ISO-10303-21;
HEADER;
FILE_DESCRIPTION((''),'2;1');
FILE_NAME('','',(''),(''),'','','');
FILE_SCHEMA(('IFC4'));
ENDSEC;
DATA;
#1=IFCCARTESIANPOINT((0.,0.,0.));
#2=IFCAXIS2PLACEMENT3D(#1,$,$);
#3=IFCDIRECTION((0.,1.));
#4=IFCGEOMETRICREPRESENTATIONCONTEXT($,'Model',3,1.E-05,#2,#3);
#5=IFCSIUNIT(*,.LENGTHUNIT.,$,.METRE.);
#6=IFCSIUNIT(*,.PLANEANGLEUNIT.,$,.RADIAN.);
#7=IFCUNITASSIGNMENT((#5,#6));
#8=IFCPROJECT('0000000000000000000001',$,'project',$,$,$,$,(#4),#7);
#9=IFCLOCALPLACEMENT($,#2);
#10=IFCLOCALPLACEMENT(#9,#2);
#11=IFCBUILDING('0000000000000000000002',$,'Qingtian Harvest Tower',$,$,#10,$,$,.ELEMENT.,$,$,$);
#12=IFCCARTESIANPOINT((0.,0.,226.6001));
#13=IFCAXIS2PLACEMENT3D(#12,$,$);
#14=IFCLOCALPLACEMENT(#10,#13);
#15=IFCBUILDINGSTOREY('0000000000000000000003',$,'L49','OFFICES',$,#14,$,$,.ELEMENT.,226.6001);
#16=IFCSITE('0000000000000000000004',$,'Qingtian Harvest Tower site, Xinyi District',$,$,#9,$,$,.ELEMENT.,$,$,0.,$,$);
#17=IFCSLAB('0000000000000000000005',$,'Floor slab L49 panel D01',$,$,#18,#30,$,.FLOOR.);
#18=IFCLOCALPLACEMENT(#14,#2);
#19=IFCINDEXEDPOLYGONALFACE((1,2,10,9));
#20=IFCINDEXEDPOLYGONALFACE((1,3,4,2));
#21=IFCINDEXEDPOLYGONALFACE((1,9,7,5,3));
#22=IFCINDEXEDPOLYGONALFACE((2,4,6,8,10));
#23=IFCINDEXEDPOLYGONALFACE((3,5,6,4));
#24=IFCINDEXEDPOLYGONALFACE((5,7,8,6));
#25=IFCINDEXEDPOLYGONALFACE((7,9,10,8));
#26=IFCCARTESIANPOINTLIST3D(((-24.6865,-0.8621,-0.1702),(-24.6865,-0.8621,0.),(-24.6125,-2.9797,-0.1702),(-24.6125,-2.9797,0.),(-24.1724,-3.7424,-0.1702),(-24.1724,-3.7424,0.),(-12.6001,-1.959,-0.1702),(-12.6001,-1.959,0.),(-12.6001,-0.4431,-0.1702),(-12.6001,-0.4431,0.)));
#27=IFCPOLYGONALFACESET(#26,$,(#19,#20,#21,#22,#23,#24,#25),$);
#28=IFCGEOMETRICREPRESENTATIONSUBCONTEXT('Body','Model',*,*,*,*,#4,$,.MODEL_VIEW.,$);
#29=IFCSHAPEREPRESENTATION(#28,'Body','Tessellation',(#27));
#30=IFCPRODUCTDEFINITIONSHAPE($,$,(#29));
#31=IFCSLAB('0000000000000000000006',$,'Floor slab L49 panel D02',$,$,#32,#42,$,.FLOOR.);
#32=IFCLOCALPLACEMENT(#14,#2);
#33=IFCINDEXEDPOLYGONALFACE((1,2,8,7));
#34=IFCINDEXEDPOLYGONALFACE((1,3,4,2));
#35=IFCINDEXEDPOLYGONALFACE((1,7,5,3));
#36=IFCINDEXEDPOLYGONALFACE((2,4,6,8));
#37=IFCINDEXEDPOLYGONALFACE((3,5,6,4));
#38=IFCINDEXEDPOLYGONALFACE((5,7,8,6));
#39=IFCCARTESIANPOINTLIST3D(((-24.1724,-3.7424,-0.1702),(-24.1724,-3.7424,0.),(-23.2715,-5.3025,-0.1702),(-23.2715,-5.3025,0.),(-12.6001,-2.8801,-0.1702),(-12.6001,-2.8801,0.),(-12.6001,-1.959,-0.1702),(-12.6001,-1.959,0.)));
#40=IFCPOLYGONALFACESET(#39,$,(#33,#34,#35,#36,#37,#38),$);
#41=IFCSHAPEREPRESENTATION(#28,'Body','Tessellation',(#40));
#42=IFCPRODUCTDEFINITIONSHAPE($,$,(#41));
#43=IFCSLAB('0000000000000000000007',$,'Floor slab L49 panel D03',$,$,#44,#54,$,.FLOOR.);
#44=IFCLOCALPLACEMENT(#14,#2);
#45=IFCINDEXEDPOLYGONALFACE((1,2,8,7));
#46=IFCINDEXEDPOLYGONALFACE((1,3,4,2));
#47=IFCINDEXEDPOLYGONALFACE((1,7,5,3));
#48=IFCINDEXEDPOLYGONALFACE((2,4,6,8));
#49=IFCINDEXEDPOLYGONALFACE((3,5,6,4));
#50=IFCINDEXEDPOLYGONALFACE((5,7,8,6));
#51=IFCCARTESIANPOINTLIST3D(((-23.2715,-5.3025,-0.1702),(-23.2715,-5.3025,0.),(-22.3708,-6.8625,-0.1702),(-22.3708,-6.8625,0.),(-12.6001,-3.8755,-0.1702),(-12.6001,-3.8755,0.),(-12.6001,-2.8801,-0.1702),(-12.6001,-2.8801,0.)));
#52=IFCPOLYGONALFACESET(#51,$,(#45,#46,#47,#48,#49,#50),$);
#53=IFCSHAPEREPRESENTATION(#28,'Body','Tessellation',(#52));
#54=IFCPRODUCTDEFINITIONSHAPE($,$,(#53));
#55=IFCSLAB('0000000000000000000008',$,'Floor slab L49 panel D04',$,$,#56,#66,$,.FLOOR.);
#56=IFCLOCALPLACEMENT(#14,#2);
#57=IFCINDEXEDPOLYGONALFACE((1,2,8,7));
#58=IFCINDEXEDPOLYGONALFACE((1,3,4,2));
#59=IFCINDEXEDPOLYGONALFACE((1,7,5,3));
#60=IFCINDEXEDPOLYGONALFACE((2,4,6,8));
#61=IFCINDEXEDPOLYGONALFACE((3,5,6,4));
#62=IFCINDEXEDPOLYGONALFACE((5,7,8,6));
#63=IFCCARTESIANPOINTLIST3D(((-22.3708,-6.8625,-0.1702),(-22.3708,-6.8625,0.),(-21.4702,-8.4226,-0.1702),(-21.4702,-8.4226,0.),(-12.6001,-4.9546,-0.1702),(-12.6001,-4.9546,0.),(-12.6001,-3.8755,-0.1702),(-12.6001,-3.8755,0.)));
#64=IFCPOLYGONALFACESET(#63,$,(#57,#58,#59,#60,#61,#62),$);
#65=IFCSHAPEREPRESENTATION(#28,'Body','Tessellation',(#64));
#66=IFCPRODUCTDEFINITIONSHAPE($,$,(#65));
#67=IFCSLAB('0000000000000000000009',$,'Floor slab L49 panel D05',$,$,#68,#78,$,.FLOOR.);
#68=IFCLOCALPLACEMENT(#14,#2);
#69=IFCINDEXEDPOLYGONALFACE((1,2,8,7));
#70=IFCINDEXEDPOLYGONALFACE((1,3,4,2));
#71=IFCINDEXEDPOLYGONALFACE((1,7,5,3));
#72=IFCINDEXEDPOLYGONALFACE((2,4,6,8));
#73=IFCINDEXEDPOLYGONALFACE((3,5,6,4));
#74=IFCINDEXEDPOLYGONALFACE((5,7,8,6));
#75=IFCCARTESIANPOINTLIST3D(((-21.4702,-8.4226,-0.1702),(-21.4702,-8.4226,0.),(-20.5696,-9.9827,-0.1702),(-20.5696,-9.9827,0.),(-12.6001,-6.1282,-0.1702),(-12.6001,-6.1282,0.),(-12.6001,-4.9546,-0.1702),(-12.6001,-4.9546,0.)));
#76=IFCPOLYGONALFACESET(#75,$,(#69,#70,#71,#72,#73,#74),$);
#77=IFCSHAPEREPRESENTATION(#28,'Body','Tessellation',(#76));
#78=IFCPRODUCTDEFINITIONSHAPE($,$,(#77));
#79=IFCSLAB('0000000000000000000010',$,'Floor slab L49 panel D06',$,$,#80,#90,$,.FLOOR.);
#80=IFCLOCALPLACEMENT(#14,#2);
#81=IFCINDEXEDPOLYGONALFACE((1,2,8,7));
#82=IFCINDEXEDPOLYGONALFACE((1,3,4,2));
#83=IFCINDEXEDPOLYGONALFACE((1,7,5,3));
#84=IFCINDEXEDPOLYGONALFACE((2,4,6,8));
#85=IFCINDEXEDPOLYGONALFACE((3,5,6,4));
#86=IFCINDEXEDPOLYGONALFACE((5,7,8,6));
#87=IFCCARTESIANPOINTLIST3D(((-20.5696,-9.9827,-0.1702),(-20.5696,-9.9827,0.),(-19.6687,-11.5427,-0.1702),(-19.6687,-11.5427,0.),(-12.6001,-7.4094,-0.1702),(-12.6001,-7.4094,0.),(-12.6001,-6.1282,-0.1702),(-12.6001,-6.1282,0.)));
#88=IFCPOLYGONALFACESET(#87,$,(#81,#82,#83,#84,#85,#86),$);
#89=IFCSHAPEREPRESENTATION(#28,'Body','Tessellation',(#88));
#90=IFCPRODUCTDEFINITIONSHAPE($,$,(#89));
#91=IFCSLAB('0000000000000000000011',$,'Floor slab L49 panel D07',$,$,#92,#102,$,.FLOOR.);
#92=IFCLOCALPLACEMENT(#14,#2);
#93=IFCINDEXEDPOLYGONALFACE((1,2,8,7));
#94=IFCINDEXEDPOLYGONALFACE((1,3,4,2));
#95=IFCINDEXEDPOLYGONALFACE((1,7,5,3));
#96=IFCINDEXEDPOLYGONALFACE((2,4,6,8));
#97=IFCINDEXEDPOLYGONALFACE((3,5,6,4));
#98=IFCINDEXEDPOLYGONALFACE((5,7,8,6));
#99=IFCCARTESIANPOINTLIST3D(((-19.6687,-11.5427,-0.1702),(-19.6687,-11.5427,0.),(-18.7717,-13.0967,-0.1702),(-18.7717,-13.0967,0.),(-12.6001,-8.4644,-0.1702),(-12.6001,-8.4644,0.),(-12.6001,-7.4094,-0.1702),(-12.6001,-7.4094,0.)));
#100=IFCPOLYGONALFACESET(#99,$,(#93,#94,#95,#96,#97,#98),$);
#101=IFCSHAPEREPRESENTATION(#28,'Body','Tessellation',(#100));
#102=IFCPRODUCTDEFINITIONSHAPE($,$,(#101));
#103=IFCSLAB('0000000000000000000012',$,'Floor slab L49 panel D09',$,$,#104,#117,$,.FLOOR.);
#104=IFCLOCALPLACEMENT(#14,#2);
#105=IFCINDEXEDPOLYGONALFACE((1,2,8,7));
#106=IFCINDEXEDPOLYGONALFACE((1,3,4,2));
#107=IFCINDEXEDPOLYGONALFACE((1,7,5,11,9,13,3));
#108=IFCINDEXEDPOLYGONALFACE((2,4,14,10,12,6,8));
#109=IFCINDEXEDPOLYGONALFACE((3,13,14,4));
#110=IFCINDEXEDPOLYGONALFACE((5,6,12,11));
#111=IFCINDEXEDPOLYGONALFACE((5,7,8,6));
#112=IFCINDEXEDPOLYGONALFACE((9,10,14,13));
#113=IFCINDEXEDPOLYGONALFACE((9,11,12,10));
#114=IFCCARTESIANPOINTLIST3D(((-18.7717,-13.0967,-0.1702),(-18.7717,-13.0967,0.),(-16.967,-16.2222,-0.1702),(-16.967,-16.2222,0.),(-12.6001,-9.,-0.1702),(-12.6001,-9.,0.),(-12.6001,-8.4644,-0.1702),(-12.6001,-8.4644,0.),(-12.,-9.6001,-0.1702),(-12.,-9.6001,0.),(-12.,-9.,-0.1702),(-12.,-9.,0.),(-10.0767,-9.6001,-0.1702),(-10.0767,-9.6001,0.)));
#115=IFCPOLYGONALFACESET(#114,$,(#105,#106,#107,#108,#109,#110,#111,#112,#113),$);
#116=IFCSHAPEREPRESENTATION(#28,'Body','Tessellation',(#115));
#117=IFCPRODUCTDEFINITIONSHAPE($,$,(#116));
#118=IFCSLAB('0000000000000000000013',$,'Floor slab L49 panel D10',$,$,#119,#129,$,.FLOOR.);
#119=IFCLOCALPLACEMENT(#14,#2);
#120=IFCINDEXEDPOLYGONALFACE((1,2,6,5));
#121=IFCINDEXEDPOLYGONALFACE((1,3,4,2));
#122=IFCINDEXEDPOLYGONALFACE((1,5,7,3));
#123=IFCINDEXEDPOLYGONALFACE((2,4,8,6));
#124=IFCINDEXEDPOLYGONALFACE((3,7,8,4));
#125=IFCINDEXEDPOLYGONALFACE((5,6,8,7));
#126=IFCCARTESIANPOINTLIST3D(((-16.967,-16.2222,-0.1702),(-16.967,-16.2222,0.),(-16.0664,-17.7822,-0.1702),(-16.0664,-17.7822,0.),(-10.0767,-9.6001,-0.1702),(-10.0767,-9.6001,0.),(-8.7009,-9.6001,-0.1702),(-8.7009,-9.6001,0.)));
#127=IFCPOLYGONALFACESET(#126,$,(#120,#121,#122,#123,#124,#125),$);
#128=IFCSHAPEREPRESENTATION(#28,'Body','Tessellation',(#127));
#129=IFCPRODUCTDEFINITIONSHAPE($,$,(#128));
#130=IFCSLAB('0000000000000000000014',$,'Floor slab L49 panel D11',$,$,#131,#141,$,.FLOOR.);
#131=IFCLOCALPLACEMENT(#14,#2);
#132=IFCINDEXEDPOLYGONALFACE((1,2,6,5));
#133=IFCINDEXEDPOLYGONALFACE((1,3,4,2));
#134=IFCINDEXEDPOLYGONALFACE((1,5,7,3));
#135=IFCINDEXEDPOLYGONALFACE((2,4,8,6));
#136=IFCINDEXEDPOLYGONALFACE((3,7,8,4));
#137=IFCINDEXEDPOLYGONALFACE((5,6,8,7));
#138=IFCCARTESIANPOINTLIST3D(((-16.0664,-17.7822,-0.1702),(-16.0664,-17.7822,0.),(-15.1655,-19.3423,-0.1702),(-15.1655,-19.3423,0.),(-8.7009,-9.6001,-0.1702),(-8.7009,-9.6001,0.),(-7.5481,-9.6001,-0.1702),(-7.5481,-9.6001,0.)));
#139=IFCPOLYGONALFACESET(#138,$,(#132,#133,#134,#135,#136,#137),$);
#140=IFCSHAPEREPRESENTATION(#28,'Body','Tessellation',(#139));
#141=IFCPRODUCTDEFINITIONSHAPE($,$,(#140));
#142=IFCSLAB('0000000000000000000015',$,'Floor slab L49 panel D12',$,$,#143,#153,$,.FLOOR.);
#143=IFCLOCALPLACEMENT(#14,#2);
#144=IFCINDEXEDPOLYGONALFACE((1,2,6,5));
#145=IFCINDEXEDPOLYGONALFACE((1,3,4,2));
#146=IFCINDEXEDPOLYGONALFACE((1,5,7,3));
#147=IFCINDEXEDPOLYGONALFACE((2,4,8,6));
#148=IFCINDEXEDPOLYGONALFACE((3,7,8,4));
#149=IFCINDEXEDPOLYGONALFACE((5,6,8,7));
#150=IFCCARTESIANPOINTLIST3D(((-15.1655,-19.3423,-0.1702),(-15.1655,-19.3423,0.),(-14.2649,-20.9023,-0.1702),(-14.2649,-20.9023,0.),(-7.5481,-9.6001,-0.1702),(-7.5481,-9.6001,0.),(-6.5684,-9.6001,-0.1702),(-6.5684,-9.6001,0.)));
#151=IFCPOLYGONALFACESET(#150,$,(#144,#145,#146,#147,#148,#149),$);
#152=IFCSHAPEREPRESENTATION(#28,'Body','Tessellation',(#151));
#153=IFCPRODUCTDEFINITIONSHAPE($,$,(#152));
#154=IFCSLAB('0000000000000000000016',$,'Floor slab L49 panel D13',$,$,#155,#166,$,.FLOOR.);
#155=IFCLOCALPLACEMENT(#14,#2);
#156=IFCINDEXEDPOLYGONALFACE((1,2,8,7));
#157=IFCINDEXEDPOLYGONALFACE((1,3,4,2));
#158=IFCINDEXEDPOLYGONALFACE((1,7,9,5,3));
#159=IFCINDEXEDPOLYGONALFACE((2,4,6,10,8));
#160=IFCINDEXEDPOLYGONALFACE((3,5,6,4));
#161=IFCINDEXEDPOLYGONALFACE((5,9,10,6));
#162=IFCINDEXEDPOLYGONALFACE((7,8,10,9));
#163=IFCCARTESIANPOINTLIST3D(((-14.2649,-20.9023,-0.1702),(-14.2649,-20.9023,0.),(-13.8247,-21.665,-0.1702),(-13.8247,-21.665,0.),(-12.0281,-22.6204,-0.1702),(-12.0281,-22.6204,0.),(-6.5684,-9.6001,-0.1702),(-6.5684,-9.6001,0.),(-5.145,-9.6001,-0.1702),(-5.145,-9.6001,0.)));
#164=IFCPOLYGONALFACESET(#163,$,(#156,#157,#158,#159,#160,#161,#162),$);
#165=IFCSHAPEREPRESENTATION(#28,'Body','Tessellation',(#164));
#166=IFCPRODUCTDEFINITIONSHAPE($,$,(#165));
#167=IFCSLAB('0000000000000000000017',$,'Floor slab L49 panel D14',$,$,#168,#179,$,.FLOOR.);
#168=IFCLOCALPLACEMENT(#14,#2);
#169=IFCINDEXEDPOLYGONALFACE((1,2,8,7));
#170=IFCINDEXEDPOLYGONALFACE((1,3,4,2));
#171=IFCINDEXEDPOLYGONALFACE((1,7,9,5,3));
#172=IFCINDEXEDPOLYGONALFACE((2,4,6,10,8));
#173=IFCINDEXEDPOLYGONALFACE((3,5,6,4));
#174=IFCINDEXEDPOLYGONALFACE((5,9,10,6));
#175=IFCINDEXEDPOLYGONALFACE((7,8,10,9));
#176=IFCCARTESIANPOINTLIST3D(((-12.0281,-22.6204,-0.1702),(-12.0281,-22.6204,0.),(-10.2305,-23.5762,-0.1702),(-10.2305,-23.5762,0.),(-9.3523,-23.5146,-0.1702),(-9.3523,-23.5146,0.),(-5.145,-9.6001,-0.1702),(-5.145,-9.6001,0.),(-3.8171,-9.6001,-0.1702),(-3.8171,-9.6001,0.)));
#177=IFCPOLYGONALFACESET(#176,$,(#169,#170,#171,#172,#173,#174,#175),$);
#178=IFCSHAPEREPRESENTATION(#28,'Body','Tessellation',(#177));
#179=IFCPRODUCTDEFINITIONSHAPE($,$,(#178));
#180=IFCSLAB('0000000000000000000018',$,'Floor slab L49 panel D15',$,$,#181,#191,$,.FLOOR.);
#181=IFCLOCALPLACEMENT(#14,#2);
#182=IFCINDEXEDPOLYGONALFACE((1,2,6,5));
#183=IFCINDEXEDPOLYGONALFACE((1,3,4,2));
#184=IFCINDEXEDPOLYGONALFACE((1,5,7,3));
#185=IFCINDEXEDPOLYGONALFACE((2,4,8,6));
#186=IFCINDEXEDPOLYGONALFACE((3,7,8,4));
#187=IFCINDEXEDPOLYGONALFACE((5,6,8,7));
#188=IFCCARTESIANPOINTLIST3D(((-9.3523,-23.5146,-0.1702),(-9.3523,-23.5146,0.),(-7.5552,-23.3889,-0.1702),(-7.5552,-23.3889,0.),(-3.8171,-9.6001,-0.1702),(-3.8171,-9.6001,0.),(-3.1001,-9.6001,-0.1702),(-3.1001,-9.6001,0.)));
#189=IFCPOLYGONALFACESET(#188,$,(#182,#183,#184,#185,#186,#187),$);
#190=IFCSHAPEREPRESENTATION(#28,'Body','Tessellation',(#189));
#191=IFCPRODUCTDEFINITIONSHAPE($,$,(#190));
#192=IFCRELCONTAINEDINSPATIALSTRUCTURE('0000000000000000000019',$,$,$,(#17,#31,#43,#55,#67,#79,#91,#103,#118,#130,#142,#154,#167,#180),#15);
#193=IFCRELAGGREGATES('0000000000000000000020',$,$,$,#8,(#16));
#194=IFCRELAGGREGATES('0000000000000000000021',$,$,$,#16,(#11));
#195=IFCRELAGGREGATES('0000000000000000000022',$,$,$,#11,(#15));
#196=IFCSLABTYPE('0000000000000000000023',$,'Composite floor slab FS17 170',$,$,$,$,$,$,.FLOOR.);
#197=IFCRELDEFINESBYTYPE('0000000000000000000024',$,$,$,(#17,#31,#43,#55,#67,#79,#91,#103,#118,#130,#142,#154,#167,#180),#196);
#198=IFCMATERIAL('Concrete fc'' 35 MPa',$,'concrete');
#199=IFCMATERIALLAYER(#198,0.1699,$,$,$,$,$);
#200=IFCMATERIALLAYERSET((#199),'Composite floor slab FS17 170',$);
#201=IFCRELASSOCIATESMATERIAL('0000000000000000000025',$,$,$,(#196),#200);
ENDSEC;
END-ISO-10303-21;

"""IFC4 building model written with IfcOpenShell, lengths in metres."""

from ifc_helpers import new_model, si_unit, direction, frame, origin, place, context, subcontext, project, spatial, polyline, outline, extrude, material, layer, layer_set, type_object, element, save


model = new_model("IFC4")

# Units and contexts
model_context = context("Model", 3, precision=1e-05, world=origin(), true_north=direction((0.0, 1.0)))
body_context = subcontext(model_context, "Body", "Model", "MODEL_VIEW")
ifc_project = project(units=[si_unit("LENGTHUNIT", "METRE"), si_unit("PLANEANGLEUNIT", "RADIAN")], contexts=[model_context])

# Site, building, storey
site_placement = place(None, origin())
site = spatial("IfcSite", under=ifc_project, at=site_placement, Name="Qingtian Harvest Tower site, Xinyi District", CompositionType="ELEMENT", RefElevation=0.0)
building_placement = place(site_placement, origin())
building = spatial("IfcBuilding", under=site, at=building_placement, Name="Qingtian Harvest Tower", CompositionType="ELEMENT")
storey_placement = place(building_placement, frame((0.0, 0.0, 226.6001)))
storey = spatial("IfcBuildingStorey", under=building, at=storey_placement, Name="L49", Description="OFFICES", CompositionType="ELEMENT", Elevation=226.6001)

# Slabs
ifc_material = material(Name="Concrete fc' 35 MPa", Category="concrete")
ifc_layer = layer(ifc_material, 0.1699)
ifc_layer_set = layer_set([ifc_layer], Name="Composite floor slab FS17 170")
slab_type = type_object("IfcSlabType", Name="Composite floor slab FS17 170", PredefinedType="FLOOR", material=ifc_layer_set)
slab_1_placement = place(storey_placement, frame((0.0, 0.0, -0.1702)))
element("IfcSlab", 1, at=slab_1_placement, inside=storey, type_object=slab_type, Name="Floor slab L49 panel D01", PredefinedType="FLOOR", context=body_context, shape_type="SweptSolid", body=[
    extrude(outline(polyline([(-24.6865, -0.8621), (-12.6001, -0.4431), (-12.6001, -1.959), (-24.1724, -3.7424), (-24.6125, -2.9797), (-24.6865, -0.8621)])), origin(), (0.0, 0.0, 1.0), 0.1702),
])
slab_2_placement = place(storey_placement, frame((0.0, 0.0, -0.1702)))
element("IfcSlab", 2, at=slab_2_placement, inside=storey, type_object=slab_type, Name="Floor slab L49 panel D02", PredefinedType="FLOOR", context=body_context, shape_type="SweptSolid", body=[
    extrude(outline(polyline([(-12.6001, -2.8801), (-23.2715, -5.3025), (-24.1724, -3.7424), (-12.6001, -1.959), (-12.6001, -2.8801)])), origin(), (0.0, 0.0, 1.0), 0.1702),
])
slab_3_placement = place(storey_placement, frame((0.0, 0.0, -0.1702)))
element("IfcSlab", 3, at=slab_3_placement, inside=storey, type_object=slab_type, Name="Floor slab L49 panel D03", PredefinedType="FLOOR", context=body_context, shape_type="SweptSolid", body=[
    extrude(outline(polyline([(-12.6001, -3.8755), (-22.3708, -6.8625), (-23.2715, -5.3025), (-12.6001, -2.8801), (-12.6001, -3.8755)])), origin(), (0.0, 0.0, 1.0), 0.1702),
])
slab_4_placement = place(storey_placement, frame((0.0, 0.0, -0.1702)))
element("IfcSlab", 4, at=slab_4_placement, inside=storey, type_object=slab_type, Name="Floor slab L49 panel D04", PredefinedType="FLOOR", context=body_context, shape_type="SweptSolid", body=[
    extrude(outline(polyline([(-12.6001, -4.9546), (-21.4702, -8.4226), (-22.3708, -6.8625), (-12.6001, -3.8755), (-12.6001, -4.9546)])), origin(), (0.0, 0.0, 1.0), 0.1702),
])
slab_5_placement = place(storey_placement, frame((0.0, 0.0, -0.1702)))
element("IfcSlab", 5, at=slab_5_placement, inside=storey, type_object=slab_type, Name="Floor slab L49 panel D05", PredefinedType="FLOOR", context=body_context, shape_type="SweptSolid", body=[
    extrude(outline(polyline([(-12.6001, -6.1282), (-20.5696, -9.9827), (-21.4702, -8.4226), (-12.6001, -4.9546), (-12.6001, -6.1282)])), origin(), (0.0, 0.0, 1.0), 0.1702),
])
slab_6_placement = place(storey_placement, frame((0.0, 0.0, -0.1702)))
element("IfcSlab", 6, at=slab_6_placement, inside=storey, type_object=slab_type, Name="Floor slab L49 panel D06", PredefinedType="FLOOR", context=body_context, shape_type="SweptSolid", body=[
    extrude(outline(polyline([(-12.6001, -7.4094), (-19.6687, -11.5427), (-20.5696, -9.9827), (-12.6001, -6.1282), (-12.6001, -7.4094)])), origin(), (0.0, 0.0, 1.0), 0.1702),
])
slab_7_placement = place(storey_placement, frame((0.0, 0.0, -0.1702)))
element("IfcSlab", 7, at=slab_7_placement, inside=storey, type_object=slab_type, Name="Floor slab L49 panel D07", PredefinedType="FLOOR", context=body_context, shape_type="SweptSolid", body=[
    extrude(outline(polyline([(-12.6001, -8.4644), (-18.7717, -13.0967), (-19.6687, -11.5427), (-12.6001, -7.4094), (-12.6001, -8.4644)])), origin(), (0.0, 0.0, 1.0), 0.1702),
])
slab_8_placement = place(storey_placement, frame((0.0, 0.0, -0.1702)))
element("IfcSlab", 8, at=slab_8_placement, inside=storey, type_object=slab_type, Name="Floor slab L49 panel D09", PredefinedType="FLOOR", context=body_context, shape_type="SweptSolid", body=[
    extrude(outline(polyline([(-16.967, -16.2222), (-18.7717, -13.0967), (-12.6001, -8.4644), (-12.6001, -9.0), (-12.0, -9.0), (-12.0, -9.6001), (-10.0767, -9.6001), (-16.967, -16.2222)])), origin(), (0.0, 0.0, 1.0), 0.1702),
])
slab_9_placement = place(storey_placement, frame((0.0, 0.0, -0.1702)))
element("IfcSlab", 9, at=slab_9_placement, inside=storey, type_object=slab_type, Name="Floor slab L49 panel D10", PredefinedType="FLOOR", context=body_context, shape_type="SweptSolid", body=[
    extrude(outline(polyline([(-8.7009, -9.6001), (-16.0664, -17.7822), (-16.967, -16.2222), (-10.0767, -9.6001), (-8.7009, -9.6001)])), origin(), (0.0, 0.0, 1.0), 0.1702),
])
slab_10_placement = place(storey_placement, frame((0.0, 0.0, -0.1702)))
element("IfcSlab", 10, at=slab_10_placement, inside=storey, type_object=slab_type, Name="Floor slab L49 panel D11", PredefinedType="FLOOR", context=body_context, shape_type="SweptSolid", body=[
    extrude(outline(polyline([(-7.5481, -9.6001), (-15.1655, -19.3423), (-16.0664, -17.7822), (-8.7009, -9.6001), (-7.5481, -9.6001)])), origin(), (0.0, 0.0, 1.0), 0.1702),
])
slab_11_placement = place(storey_placement, frame((0.0, 0.0, -0.1702)))
element("IfcSlab", 11, at=slab_11_placement, inside=storey, type_object=slab_type, Name="Floor slab L49 panel D12", PredefinedType="FLOOR", context=body_context, shape_type="SweptSolid", body=[
    extrude(outline(polyline([(-6.5684, -9.6001), (-14.2649, -20.9023), (-15.1655, -19.3423), (-7.5481, -9.6001), (-6.5684, -9.6001)])), origin(), (0.0, 0.0, 1.0), 0.1702),
])
slab_12_placement = place(storey_placement, frame((0.0, 0.0, -0.1702)))
element("IfcSlab", 12, at=slab_12_placement, inside=storey, type_object=slab_type, Name="Floor slab L49 panel D13", PredefinedType="FLOOR", context=body_context, shape_type="SweptSolid", body=[
    extrude(outline(polyline([(-6.5684, -9.6001), (-5.145, -9.6001), (-12.0281, -22.6204), (-13.8247, -21.665), (-14.2649, -20.9023), (-6.5684, -9.6001)])), origin(), (0.0, 0.0, 1.0), 0.1702),
])
slab_13_placement = place(storey_placement, frame((0.0, 0.0, -0.1702)))
element("IfcSlab", 13, at=slab_13_placement, inside=storey, type_object=slab_type, Name="Floor slab L49 panel D14", PredefinedType="FLOOR", context=body_context, shape_type="SweptSolid", body=[
    extrude(outline(polyline([(-5.145, -9.6001), (-3.8171, -9.6001), (-9.3523, -23.5146), (-10.2305, -23.5762), (-12.0281, -22.6204), (-5.145, -9.6001)])), origin(), (0.0, 0.0, 1.0), 0.1702),
])
slab_14_placement = place(storey_placement, frame((0.0, 0.0, -0.1702)))
element("IfcSlab", 14, at=slab_14_placement, inside=storey, type_object=slab_type, Name="Floor slab L49 panel D15", PredefinedType="FLOOR", context=body_context, shape_type="SweptSolid", body=[
    extrude(outline(polyline([(-3.1001, -9.6001), (-7.5552, -23.3889), (-9.3523, -23.5146), (-3.8171, -9.6001), (-3.1001, -9.6001)])), origin(), (0.0, 0.0, 1.0), 0.1702),
])

save(model, "model.ifc")
